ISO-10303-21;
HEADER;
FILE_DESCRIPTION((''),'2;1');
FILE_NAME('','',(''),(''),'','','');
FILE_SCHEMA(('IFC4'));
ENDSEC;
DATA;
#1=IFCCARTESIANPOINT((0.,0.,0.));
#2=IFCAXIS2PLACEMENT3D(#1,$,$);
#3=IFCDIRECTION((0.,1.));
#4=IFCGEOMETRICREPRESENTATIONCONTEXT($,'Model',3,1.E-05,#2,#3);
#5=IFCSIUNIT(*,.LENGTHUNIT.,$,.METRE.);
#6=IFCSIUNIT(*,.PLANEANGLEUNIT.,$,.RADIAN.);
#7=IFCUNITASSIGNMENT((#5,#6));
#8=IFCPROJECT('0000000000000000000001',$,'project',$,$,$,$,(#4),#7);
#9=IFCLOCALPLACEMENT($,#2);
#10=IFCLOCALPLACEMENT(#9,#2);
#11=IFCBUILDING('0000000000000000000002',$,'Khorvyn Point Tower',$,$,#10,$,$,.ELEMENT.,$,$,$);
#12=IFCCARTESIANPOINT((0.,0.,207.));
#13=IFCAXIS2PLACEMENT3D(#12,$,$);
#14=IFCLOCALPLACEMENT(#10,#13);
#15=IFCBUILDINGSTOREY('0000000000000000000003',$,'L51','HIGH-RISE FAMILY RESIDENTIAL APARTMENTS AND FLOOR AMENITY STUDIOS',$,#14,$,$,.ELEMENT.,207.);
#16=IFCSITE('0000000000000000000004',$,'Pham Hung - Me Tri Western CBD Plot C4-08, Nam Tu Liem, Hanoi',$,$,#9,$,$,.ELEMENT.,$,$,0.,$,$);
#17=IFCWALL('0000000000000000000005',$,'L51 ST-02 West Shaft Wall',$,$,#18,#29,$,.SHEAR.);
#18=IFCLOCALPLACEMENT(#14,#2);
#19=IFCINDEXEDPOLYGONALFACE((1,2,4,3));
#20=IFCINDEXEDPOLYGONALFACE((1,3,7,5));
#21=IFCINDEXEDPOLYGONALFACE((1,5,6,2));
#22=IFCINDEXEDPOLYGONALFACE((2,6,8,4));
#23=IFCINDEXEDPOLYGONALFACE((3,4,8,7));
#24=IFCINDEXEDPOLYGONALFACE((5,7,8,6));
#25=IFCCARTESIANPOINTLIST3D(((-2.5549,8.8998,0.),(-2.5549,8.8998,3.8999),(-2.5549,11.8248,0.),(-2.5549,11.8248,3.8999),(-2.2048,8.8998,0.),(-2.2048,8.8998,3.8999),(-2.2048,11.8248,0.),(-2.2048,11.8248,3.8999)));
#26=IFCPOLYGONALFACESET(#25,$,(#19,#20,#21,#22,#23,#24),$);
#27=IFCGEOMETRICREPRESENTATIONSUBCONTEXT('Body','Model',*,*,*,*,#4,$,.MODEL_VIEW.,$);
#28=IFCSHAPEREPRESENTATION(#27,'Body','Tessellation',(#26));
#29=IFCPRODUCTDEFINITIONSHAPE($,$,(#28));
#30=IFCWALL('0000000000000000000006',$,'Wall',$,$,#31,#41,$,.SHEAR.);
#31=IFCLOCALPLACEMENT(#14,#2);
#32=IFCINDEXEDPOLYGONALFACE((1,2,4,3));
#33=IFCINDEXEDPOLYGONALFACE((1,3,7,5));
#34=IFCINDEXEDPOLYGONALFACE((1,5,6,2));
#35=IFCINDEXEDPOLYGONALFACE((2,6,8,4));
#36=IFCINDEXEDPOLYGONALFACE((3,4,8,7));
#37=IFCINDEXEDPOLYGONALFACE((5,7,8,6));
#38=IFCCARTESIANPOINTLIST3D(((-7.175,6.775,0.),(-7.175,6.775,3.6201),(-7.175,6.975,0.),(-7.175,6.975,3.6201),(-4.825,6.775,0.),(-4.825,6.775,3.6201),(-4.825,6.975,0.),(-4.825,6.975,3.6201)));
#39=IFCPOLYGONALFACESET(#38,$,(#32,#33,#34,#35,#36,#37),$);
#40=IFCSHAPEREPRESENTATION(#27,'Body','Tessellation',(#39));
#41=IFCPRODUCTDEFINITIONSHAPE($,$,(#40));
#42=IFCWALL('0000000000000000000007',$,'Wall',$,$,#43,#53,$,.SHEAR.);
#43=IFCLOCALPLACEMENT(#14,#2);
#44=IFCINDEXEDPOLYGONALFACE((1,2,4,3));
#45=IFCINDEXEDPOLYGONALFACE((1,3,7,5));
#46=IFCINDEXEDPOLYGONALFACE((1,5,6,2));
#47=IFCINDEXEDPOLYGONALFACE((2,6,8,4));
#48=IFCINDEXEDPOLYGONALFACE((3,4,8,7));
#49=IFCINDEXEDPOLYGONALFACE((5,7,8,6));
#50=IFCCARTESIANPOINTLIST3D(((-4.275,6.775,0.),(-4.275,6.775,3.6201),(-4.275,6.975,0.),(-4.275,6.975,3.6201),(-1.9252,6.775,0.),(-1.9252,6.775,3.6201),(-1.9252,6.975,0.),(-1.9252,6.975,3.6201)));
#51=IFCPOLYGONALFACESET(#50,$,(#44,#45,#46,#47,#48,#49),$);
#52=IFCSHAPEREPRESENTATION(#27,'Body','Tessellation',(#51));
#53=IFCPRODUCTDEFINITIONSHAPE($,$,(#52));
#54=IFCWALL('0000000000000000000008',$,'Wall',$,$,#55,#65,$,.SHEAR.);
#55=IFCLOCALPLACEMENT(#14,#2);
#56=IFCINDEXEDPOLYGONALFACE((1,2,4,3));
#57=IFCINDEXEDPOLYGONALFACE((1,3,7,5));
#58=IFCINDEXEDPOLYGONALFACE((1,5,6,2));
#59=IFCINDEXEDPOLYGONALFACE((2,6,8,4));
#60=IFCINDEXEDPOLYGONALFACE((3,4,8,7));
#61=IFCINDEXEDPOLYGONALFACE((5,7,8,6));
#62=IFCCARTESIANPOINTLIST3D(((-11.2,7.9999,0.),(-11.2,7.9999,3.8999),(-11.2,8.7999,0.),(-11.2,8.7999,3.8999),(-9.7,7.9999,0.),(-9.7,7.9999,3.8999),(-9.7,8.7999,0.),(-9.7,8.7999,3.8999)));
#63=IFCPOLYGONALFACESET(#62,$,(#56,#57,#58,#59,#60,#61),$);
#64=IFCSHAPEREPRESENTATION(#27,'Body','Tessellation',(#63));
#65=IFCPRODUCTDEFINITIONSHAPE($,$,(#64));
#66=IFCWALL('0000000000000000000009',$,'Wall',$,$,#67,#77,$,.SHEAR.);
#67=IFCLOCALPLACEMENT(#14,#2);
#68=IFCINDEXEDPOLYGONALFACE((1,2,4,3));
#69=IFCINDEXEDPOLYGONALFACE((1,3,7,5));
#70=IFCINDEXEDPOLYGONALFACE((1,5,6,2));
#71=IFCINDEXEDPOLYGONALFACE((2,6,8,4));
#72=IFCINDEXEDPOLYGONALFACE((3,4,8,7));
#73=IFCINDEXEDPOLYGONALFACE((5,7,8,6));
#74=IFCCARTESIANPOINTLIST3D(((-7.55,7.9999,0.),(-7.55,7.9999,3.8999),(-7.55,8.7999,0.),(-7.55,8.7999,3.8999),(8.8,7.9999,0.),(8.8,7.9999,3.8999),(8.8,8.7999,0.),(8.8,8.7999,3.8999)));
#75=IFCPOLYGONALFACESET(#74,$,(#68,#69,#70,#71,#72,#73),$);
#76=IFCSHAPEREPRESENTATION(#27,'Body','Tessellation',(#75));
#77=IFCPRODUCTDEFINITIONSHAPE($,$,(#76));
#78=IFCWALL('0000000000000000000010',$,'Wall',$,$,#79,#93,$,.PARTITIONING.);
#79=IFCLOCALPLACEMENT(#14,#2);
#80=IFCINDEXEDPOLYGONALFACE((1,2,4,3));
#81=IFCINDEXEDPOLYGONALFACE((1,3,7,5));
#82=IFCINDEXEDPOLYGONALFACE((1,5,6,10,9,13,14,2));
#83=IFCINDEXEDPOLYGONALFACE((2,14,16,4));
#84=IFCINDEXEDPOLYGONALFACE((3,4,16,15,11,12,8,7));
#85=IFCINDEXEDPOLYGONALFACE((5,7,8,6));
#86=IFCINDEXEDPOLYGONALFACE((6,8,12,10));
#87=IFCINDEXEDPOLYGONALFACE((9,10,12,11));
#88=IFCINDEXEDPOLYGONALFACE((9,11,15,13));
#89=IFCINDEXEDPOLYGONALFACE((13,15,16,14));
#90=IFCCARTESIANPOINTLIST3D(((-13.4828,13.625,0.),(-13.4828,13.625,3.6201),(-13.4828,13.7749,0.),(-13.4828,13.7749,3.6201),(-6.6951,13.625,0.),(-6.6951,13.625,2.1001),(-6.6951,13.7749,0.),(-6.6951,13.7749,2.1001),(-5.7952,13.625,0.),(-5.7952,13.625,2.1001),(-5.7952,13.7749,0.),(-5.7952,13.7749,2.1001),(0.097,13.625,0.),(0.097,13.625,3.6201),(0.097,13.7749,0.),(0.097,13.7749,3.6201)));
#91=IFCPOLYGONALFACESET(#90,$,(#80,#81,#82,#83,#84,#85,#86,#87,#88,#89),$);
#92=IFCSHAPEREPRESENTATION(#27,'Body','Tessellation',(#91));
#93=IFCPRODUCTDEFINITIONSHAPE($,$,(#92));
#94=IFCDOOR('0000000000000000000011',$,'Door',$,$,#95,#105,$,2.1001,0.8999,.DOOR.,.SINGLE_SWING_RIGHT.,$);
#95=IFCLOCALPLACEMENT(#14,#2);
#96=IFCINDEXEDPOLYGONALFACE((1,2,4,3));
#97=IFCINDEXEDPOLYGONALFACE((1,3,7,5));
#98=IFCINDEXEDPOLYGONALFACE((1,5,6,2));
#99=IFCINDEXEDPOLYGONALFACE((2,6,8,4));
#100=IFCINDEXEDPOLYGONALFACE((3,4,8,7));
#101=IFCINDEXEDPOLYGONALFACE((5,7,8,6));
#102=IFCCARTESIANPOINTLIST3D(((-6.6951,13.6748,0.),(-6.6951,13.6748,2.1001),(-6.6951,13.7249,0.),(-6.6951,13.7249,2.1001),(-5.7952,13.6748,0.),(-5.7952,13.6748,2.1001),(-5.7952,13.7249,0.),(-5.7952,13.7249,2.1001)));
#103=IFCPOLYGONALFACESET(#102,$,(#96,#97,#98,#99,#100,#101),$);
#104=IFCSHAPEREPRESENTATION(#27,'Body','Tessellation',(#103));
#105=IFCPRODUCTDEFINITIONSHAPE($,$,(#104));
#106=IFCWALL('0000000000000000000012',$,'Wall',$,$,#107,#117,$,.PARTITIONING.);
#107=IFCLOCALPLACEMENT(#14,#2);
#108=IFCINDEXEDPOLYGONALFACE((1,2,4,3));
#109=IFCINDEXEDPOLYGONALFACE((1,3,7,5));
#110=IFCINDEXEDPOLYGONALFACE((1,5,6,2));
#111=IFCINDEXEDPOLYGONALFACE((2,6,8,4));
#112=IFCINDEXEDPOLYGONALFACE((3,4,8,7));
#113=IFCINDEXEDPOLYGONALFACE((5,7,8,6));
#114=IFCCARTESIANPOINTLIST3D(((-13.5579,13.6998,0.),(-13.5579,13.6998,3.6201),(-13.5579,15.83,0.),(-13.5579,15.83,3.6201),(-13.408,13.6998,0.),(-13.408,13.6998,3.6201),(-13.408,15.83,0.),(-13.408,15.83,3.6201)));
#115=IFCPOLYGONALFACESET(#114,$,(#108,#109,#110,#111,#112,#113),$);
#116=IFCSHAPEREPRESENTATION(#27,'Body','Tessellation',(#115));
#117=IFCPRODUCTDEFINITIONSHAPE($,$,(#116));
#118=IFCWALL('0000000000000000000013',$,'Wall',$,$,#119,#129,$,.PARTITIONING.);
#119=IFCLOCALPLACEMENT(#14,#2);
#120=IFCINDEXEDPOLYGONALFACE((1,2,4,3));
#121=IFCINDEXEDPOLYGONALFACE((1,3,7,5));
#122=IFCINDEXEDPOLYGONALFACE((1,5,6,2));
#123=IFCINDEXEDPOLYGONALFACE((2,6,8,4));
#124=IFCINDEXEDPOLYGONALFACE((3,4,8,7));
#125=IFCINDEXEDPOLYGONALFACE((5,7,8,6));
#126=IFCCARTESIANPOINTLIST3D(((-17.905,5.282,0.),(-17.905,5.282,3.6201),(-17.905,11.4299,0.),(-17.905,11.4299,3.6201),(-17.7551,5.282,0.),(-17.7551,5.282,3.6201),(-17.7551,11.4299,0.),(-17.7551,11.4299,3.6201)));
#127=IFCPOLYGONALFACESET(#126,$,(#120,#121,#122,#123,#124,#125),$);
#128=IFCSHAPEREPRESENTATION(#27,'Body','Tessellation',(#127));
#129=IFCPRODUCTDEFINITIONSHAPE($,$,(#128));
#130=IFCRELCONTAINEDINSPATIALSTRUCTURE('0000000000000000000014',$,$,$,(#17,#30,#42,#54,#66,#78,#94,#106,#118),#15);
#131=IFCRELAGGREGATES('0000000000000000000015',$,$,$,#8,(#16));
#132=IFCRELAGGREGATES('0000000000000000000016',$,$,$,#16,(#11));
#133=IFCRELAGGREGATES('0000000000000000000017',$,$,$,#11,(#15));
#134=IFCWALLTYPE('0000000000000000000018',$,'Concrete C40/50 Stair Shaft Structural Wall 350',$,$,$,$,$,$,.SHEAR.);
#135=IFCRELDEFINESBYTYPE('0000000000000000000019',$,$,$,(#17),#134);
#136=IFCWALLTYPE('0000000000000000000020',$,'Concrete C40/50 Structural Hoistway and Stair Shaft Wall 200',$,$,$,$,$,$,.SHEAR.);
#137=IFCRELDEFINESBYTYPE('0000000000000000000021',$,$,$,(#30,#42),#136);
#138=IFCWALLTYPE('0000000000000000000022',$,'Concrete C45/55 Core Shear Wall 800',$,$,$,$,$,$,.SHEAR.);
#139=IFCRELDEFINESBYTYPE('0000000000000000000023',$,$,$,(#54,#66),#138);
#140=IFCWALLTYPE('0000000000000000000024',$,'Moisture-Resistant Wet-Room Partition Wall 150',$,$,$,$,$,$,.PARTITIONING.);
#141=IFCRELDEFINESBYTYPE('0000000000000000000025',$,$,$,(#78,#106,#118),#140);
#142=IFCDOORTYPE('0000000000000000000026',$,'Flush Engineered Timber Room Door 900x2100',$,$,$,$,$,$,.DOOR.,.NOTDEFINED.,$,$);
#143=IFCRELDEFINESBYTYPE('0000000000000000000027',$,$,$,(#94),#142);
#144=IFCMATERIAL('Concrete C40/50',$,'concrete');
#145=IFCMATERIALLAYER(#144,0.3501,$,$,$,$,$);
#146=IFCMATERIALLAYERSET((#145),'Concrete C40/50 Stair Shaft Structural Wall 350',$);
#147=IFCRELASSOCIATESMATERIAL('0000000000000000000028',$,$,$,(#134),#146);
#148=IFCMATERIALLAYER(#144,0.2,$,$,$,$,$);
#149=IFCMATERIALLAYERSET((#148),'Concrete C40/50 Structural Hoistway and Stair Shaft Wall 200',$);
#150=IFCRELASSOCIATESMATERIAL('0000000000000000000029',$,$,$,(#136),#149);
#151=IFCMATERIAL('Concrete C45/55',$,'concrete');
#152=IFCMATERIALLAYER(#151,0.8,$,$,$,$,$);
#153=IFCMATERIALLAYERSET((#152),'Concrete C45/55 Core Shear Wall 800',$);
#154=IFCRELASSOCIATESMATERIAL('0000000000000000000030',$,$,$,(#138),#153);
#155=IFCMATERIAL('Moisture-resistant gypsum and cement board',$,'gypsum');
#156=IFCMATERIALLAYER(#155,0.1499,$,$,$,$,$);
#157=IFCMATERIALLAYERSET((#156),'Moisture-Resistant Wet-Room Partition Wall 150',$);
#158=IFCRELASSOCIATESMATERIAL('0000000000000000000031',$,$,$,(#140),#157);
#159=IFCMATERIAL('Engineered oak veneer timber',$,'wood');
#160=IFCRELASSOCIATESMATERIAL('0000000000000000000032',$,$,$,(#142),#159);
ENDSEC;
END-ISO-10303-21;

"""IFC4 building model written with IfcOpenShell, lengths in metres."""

from ifc_helpers import new_model, si_unit, direction, frame, frame_2d, origin, place, context, subcontext, project, spatial, rectangle, extrude, material, layer, layer_set, type_object, element, fill, save


model = new_model("IFC4")

# Units and contexts
model_context = context("Model", 3, precision=1e-05, world=origin(), true_north=direction((0.0, 1.0)))
body_context = subcontext(model_context, "Body", "Model", "MODEL_VIEW")
ifc_project = project(units=[si_unit("LENGTHUNIT", "METRE"), si_unit("PLANEANGLEUNIT", "RADIAN")], contexts=[model_context])

# Site, building, storey
site_placement = place(None, origin())
site = spatial("IfcSite", under=ifc_project, at=site_placement, Name="Pham Hung - Me Tri Western CBD Plot C4-08, Nam Tu Liem, Hanoi", CompositionType="ELEMENT", RefElevation=0.0)
building_placement = place(site_placement, origin())
building = spatial("IfcBuilding", under=site, at=building_placement, Name="Khorvyn Point Tower", CompositionType="ELEMENT")
storey_placement = place(building_placement, frame((0.0, 0.0, 207.0)))
storey = spatial("IfcBuildingStorey", under=building, at=storey_placement, Name="L51", Description="HIGH-RISE FAMILY RESIDENTIAL APARTMENTS AND FLOOR AMENITY STUDIOS", CompositionType="ELEMENT", Elevation=207.0)

# Shared definitions
ifc_material_1 = material(Name="Concrete C45/55", Category="concrete")

# Shared definitions
ifc_material_2 = material(Name="Concrete C40/50", Category="concrete")

# Walls
ifc_layer_1 = layer(ifc_material_2, 0.3501)
ifc_layer_set_1 = layer_set([ifc_layer_1], Name="Concrete C40/50 Stair Shaft Structural Wall 350")
wall_type_1 = type_object("IfcWallType", Name="Concrete C40/50 Stair Shaft Structural Wall 350", PredefinedType="SHEAR", material=ifc_layer_set_1)
wall_1_placement = place(storey_placement, frame((-2.3799, 8.8999, 0.0), z_axis=(0.0, 0.0, 1.0), x_axis=(0.0, 1.0, 0.0)))
element("IfcWall", 1, at=wall_1_placement, inside=storey, type_object=wall_type_1, Name="L51 ST-02 West Shaft Wall", PredefinedType="SHEAR", context=body_context, shape_type="SweptSolid", body=[
    extrude(rectangle(XDim=2.925, YDim=0.3501, at=frame_2d((1.4624, 0.0))), origin(), (0.0, 0.0, 1.0), 3.8999),
])
ifc_layer_2 = layer(ifc_material_2, 0.2)
ifc_layer_set_2 = layer_set([ifc_layer_2], Name="Concrete C40/50 Structural Hoistway and Stair Shaft Wall 200")
wall_type_2 = type_object("IfcWallType", Name="Concrete C40/50 Structural Hoistway and Stair Shaft Wall 200", PredefinedType="SHEAR", material=ifc_layer_set_2)
wall_2_placement = place(storey_placement, frame((-7.175, 6.875, 0.0), z_axis=(0.0, 0.0, 1.0), x_axis=(1.0, 0.0, 0.0)))
element("IfcWall", 2, at=wall_2_placement, inside=storey, type_object=wall_type_2, Name="Wall", PredefinedType="SHEAR", context=body_context, shape_type="SweptSolid", body=[
    extrude(rectangle(XDim=2.3501, YDim=0.2, at=frame_2d((1.175, 0.0))), origin(), (0.0, 0.0, 1.0), 3.6201),
])
wall_3_placement = place(storey_placement, frame((-4.2749, 6.875, 0.0), z_axis=(0.0, 0.0, 1.0), x_axis=(1.0, 0.0, 0.0)))
element("IfcWall", 3, at=wall_3_placement, inside=storey, type_object=wall_type_2, Name="Wall", PredefinedType="SHEAR", context=body_context, shape_type="SweptSolid", body=[
    extrude(rectangle(XDim=2.3499, YDim=0.2, at=frame_2d((1.1748, 0.0))), origin(), (0.0, 0.0, 1.0), 3.6201),
])
ifc_layer_3 = layer(ifc_material_1, 0.8)
ifc_layer_set_3 = layer_set([ifc_layer_3], Name="Concrete C45/55 Core Shear Wall 800")
wall_type_3 = type_object("IfcWallType", Name="Concrete C45/55 Core Shear Wall 800", PredefinedType="SHEAR", material=ifc_layer_set_3)
wall_4_placement = place(storey_placement, frame((-11.2, 8.3999, 0.0), z_axis=(0.0, 0.0, 1.0), x_axis=(1.0, 0.0, 0.0)))
element("IfcWall", 4, at=wall_4_placement, inside=storey, type_object=wall_type_3, Name="Wall", PredefinedType="SHEAR", context=body_context, shape_type="SweptSolid", body=[
    extrude(rectangle(XDim=1.5, YDim=0.8, at=frame_2d((0.75, 0.0))), origin(), (0.0, 0.0, 1.0), 3.8999),
])
wall_5_placement = place(storey_placement, frame((-7.55, 8.3999, 0.0), z_axis=(0.0, 0.0, 1.0), x_axis=(1.0, 0.0, 0.0)))
element("IfcWall", 5, at=wall_5_placement, inside=storey, type_object=wall_type_3, Name="Wall", PredefinedType="SHEAR", context=body_context, shape_type="SweptSolid", body=[
    extrude(rectangle(XDim=16.3501, YDim=0.8, at=frame_2d((8.175, 0.0))), origin(), (0.0, 0.0, 1.0), 3.8999),
])

# Wall, opening, door
ifc_material_3 = material(Name="Moisture-resistant gypsum and cement board", Category="gypsum")
ifc_layer_4 = layer(ifc_material_3, 0.1499)
ifc_layer_set_4 = layer_set([ifc_layer_4], Name="Moisture-Resistant Wet-Room Partition Wall 150")
wall_type_4 = type_object("IfcWallType", Name="Moisture-Resistant Wet-Room Partition Wall 150", PredefinedType="PARTITIONING", material=ifc_layer_set_4)
wall_6_placement = place(storey_placement, frame((-13.4829, 13.7, 0.0), z_axis=(0.0, 0.0, 1.0), x_axis=(1.0, 0.0, 0.0)))
wall_6 = element("IfcWall", 6, at=wall_6_placement, inside=storey, type_object=wall_type_4, Name="Wall", PredefinedType="PARTITIONING", context=body_context, shape_type="SweptSolid", body=[
    extrude(rectangle(XDim=13.5798, YDim=0.1499, at=frame_2d((6.79, 0.0))), origin(), (0.0, 0.0, 1.0), 3.6201),
])
opening_1_placement = place(wall_6_placement, frame((6.7878, 0.0, 0.0)))
opening_1 = element("IfcOpeningElement", 7, at=opening_1_placement, cuts=wall_6, PredefinedType="OPENING", context=body_context, shape_type="SweptSolid", body=[
    extrude(rectangle(XDim=0.8999, YDim=2.1001, at=frame_2d((0.45, 1.05))), frame((0.0, 0.085, 0.0), z_axis=(0.0, -1.0, 0.0), x_axis=(1.0, 0.0, 0.0)), (0.0, 0.0, 1.0), 0.1699),
])
ifc_material_4 = material(Name="Engineered oak veneer timber", Category="wood")
door_type_1 = type_object("IfcDoorType", Name="Flush Engineered Timber Room Door 900x2100", OperationType="NOTDEFINED", PredefinedType="DOOR", material=ifc_material_4)
door_1_placement = place(opening_1_placement, origin())
door_1 = element("IfcDoor", 8, at=door_1_placement, inside=storey, type_object=door_type_1, Name="Door", OperationType="SINGLE_SWING_RIGHT", OverallHeight=2.1001, OverallWidth=0.8999, PredefinedType="DOOR", context=body_context, shape_type="SweptSolid", body=[
    extrude(rectangle(XDim=0.8999, YDim=2.1001, at=frame_2d((0.45, 1.05))), frame((0.0, 0.0249, 0.0), z_axis=(0.0, -1.0, 0.0), x_axis=(1.0, 0.0, 0.0)), (0.0, 0.0, 1.0), 0.05),
])
fill(opening_1, door_1)

# Walls
wall_7_placement = place(storey_placement, frame((-13.4829, 13.7, 0.0), z_axis=(0.0, 0.0, 1.0), x_axis=(0.0, 1.0, 0.0)))
element("IfcWall", 9, at=wall_7_placement, inside=storey, type_object=wall_type_4, Name="Wall", PredefinedType="PARTITIONING", context=body_context, shape_type="SweptSolid", body=[
    extrude(rectangle(XDim=2.1301, YDim=0.1499, at=frame_2d((1.0649, 0.0))), origin(), (0.0, 0.0, 1.0), 3.6201),
])
wall_8_placement = place(storey_placement, frame((-17.8301, 5.282, 0.0), z_axis=(0.0, 0.0, 1.0), x_axis=(0.0, 1.0, 0.0)))
element("IfcWall", 10, at=wall_8_placement, inside=storey, type_object=wall_type_4, Name="Wall", PredefinedType="PARTITIONING", context=body_context, shape_type="SweptSolid", body=[
    extrude(rectangle(XDim=6.1479, YDim=0.1499, at=frame_2d((3.074, 0.0))), origin(), (0.0, 0.0, 1.0), 3.6201),
])

save(model, "model.ifc")
